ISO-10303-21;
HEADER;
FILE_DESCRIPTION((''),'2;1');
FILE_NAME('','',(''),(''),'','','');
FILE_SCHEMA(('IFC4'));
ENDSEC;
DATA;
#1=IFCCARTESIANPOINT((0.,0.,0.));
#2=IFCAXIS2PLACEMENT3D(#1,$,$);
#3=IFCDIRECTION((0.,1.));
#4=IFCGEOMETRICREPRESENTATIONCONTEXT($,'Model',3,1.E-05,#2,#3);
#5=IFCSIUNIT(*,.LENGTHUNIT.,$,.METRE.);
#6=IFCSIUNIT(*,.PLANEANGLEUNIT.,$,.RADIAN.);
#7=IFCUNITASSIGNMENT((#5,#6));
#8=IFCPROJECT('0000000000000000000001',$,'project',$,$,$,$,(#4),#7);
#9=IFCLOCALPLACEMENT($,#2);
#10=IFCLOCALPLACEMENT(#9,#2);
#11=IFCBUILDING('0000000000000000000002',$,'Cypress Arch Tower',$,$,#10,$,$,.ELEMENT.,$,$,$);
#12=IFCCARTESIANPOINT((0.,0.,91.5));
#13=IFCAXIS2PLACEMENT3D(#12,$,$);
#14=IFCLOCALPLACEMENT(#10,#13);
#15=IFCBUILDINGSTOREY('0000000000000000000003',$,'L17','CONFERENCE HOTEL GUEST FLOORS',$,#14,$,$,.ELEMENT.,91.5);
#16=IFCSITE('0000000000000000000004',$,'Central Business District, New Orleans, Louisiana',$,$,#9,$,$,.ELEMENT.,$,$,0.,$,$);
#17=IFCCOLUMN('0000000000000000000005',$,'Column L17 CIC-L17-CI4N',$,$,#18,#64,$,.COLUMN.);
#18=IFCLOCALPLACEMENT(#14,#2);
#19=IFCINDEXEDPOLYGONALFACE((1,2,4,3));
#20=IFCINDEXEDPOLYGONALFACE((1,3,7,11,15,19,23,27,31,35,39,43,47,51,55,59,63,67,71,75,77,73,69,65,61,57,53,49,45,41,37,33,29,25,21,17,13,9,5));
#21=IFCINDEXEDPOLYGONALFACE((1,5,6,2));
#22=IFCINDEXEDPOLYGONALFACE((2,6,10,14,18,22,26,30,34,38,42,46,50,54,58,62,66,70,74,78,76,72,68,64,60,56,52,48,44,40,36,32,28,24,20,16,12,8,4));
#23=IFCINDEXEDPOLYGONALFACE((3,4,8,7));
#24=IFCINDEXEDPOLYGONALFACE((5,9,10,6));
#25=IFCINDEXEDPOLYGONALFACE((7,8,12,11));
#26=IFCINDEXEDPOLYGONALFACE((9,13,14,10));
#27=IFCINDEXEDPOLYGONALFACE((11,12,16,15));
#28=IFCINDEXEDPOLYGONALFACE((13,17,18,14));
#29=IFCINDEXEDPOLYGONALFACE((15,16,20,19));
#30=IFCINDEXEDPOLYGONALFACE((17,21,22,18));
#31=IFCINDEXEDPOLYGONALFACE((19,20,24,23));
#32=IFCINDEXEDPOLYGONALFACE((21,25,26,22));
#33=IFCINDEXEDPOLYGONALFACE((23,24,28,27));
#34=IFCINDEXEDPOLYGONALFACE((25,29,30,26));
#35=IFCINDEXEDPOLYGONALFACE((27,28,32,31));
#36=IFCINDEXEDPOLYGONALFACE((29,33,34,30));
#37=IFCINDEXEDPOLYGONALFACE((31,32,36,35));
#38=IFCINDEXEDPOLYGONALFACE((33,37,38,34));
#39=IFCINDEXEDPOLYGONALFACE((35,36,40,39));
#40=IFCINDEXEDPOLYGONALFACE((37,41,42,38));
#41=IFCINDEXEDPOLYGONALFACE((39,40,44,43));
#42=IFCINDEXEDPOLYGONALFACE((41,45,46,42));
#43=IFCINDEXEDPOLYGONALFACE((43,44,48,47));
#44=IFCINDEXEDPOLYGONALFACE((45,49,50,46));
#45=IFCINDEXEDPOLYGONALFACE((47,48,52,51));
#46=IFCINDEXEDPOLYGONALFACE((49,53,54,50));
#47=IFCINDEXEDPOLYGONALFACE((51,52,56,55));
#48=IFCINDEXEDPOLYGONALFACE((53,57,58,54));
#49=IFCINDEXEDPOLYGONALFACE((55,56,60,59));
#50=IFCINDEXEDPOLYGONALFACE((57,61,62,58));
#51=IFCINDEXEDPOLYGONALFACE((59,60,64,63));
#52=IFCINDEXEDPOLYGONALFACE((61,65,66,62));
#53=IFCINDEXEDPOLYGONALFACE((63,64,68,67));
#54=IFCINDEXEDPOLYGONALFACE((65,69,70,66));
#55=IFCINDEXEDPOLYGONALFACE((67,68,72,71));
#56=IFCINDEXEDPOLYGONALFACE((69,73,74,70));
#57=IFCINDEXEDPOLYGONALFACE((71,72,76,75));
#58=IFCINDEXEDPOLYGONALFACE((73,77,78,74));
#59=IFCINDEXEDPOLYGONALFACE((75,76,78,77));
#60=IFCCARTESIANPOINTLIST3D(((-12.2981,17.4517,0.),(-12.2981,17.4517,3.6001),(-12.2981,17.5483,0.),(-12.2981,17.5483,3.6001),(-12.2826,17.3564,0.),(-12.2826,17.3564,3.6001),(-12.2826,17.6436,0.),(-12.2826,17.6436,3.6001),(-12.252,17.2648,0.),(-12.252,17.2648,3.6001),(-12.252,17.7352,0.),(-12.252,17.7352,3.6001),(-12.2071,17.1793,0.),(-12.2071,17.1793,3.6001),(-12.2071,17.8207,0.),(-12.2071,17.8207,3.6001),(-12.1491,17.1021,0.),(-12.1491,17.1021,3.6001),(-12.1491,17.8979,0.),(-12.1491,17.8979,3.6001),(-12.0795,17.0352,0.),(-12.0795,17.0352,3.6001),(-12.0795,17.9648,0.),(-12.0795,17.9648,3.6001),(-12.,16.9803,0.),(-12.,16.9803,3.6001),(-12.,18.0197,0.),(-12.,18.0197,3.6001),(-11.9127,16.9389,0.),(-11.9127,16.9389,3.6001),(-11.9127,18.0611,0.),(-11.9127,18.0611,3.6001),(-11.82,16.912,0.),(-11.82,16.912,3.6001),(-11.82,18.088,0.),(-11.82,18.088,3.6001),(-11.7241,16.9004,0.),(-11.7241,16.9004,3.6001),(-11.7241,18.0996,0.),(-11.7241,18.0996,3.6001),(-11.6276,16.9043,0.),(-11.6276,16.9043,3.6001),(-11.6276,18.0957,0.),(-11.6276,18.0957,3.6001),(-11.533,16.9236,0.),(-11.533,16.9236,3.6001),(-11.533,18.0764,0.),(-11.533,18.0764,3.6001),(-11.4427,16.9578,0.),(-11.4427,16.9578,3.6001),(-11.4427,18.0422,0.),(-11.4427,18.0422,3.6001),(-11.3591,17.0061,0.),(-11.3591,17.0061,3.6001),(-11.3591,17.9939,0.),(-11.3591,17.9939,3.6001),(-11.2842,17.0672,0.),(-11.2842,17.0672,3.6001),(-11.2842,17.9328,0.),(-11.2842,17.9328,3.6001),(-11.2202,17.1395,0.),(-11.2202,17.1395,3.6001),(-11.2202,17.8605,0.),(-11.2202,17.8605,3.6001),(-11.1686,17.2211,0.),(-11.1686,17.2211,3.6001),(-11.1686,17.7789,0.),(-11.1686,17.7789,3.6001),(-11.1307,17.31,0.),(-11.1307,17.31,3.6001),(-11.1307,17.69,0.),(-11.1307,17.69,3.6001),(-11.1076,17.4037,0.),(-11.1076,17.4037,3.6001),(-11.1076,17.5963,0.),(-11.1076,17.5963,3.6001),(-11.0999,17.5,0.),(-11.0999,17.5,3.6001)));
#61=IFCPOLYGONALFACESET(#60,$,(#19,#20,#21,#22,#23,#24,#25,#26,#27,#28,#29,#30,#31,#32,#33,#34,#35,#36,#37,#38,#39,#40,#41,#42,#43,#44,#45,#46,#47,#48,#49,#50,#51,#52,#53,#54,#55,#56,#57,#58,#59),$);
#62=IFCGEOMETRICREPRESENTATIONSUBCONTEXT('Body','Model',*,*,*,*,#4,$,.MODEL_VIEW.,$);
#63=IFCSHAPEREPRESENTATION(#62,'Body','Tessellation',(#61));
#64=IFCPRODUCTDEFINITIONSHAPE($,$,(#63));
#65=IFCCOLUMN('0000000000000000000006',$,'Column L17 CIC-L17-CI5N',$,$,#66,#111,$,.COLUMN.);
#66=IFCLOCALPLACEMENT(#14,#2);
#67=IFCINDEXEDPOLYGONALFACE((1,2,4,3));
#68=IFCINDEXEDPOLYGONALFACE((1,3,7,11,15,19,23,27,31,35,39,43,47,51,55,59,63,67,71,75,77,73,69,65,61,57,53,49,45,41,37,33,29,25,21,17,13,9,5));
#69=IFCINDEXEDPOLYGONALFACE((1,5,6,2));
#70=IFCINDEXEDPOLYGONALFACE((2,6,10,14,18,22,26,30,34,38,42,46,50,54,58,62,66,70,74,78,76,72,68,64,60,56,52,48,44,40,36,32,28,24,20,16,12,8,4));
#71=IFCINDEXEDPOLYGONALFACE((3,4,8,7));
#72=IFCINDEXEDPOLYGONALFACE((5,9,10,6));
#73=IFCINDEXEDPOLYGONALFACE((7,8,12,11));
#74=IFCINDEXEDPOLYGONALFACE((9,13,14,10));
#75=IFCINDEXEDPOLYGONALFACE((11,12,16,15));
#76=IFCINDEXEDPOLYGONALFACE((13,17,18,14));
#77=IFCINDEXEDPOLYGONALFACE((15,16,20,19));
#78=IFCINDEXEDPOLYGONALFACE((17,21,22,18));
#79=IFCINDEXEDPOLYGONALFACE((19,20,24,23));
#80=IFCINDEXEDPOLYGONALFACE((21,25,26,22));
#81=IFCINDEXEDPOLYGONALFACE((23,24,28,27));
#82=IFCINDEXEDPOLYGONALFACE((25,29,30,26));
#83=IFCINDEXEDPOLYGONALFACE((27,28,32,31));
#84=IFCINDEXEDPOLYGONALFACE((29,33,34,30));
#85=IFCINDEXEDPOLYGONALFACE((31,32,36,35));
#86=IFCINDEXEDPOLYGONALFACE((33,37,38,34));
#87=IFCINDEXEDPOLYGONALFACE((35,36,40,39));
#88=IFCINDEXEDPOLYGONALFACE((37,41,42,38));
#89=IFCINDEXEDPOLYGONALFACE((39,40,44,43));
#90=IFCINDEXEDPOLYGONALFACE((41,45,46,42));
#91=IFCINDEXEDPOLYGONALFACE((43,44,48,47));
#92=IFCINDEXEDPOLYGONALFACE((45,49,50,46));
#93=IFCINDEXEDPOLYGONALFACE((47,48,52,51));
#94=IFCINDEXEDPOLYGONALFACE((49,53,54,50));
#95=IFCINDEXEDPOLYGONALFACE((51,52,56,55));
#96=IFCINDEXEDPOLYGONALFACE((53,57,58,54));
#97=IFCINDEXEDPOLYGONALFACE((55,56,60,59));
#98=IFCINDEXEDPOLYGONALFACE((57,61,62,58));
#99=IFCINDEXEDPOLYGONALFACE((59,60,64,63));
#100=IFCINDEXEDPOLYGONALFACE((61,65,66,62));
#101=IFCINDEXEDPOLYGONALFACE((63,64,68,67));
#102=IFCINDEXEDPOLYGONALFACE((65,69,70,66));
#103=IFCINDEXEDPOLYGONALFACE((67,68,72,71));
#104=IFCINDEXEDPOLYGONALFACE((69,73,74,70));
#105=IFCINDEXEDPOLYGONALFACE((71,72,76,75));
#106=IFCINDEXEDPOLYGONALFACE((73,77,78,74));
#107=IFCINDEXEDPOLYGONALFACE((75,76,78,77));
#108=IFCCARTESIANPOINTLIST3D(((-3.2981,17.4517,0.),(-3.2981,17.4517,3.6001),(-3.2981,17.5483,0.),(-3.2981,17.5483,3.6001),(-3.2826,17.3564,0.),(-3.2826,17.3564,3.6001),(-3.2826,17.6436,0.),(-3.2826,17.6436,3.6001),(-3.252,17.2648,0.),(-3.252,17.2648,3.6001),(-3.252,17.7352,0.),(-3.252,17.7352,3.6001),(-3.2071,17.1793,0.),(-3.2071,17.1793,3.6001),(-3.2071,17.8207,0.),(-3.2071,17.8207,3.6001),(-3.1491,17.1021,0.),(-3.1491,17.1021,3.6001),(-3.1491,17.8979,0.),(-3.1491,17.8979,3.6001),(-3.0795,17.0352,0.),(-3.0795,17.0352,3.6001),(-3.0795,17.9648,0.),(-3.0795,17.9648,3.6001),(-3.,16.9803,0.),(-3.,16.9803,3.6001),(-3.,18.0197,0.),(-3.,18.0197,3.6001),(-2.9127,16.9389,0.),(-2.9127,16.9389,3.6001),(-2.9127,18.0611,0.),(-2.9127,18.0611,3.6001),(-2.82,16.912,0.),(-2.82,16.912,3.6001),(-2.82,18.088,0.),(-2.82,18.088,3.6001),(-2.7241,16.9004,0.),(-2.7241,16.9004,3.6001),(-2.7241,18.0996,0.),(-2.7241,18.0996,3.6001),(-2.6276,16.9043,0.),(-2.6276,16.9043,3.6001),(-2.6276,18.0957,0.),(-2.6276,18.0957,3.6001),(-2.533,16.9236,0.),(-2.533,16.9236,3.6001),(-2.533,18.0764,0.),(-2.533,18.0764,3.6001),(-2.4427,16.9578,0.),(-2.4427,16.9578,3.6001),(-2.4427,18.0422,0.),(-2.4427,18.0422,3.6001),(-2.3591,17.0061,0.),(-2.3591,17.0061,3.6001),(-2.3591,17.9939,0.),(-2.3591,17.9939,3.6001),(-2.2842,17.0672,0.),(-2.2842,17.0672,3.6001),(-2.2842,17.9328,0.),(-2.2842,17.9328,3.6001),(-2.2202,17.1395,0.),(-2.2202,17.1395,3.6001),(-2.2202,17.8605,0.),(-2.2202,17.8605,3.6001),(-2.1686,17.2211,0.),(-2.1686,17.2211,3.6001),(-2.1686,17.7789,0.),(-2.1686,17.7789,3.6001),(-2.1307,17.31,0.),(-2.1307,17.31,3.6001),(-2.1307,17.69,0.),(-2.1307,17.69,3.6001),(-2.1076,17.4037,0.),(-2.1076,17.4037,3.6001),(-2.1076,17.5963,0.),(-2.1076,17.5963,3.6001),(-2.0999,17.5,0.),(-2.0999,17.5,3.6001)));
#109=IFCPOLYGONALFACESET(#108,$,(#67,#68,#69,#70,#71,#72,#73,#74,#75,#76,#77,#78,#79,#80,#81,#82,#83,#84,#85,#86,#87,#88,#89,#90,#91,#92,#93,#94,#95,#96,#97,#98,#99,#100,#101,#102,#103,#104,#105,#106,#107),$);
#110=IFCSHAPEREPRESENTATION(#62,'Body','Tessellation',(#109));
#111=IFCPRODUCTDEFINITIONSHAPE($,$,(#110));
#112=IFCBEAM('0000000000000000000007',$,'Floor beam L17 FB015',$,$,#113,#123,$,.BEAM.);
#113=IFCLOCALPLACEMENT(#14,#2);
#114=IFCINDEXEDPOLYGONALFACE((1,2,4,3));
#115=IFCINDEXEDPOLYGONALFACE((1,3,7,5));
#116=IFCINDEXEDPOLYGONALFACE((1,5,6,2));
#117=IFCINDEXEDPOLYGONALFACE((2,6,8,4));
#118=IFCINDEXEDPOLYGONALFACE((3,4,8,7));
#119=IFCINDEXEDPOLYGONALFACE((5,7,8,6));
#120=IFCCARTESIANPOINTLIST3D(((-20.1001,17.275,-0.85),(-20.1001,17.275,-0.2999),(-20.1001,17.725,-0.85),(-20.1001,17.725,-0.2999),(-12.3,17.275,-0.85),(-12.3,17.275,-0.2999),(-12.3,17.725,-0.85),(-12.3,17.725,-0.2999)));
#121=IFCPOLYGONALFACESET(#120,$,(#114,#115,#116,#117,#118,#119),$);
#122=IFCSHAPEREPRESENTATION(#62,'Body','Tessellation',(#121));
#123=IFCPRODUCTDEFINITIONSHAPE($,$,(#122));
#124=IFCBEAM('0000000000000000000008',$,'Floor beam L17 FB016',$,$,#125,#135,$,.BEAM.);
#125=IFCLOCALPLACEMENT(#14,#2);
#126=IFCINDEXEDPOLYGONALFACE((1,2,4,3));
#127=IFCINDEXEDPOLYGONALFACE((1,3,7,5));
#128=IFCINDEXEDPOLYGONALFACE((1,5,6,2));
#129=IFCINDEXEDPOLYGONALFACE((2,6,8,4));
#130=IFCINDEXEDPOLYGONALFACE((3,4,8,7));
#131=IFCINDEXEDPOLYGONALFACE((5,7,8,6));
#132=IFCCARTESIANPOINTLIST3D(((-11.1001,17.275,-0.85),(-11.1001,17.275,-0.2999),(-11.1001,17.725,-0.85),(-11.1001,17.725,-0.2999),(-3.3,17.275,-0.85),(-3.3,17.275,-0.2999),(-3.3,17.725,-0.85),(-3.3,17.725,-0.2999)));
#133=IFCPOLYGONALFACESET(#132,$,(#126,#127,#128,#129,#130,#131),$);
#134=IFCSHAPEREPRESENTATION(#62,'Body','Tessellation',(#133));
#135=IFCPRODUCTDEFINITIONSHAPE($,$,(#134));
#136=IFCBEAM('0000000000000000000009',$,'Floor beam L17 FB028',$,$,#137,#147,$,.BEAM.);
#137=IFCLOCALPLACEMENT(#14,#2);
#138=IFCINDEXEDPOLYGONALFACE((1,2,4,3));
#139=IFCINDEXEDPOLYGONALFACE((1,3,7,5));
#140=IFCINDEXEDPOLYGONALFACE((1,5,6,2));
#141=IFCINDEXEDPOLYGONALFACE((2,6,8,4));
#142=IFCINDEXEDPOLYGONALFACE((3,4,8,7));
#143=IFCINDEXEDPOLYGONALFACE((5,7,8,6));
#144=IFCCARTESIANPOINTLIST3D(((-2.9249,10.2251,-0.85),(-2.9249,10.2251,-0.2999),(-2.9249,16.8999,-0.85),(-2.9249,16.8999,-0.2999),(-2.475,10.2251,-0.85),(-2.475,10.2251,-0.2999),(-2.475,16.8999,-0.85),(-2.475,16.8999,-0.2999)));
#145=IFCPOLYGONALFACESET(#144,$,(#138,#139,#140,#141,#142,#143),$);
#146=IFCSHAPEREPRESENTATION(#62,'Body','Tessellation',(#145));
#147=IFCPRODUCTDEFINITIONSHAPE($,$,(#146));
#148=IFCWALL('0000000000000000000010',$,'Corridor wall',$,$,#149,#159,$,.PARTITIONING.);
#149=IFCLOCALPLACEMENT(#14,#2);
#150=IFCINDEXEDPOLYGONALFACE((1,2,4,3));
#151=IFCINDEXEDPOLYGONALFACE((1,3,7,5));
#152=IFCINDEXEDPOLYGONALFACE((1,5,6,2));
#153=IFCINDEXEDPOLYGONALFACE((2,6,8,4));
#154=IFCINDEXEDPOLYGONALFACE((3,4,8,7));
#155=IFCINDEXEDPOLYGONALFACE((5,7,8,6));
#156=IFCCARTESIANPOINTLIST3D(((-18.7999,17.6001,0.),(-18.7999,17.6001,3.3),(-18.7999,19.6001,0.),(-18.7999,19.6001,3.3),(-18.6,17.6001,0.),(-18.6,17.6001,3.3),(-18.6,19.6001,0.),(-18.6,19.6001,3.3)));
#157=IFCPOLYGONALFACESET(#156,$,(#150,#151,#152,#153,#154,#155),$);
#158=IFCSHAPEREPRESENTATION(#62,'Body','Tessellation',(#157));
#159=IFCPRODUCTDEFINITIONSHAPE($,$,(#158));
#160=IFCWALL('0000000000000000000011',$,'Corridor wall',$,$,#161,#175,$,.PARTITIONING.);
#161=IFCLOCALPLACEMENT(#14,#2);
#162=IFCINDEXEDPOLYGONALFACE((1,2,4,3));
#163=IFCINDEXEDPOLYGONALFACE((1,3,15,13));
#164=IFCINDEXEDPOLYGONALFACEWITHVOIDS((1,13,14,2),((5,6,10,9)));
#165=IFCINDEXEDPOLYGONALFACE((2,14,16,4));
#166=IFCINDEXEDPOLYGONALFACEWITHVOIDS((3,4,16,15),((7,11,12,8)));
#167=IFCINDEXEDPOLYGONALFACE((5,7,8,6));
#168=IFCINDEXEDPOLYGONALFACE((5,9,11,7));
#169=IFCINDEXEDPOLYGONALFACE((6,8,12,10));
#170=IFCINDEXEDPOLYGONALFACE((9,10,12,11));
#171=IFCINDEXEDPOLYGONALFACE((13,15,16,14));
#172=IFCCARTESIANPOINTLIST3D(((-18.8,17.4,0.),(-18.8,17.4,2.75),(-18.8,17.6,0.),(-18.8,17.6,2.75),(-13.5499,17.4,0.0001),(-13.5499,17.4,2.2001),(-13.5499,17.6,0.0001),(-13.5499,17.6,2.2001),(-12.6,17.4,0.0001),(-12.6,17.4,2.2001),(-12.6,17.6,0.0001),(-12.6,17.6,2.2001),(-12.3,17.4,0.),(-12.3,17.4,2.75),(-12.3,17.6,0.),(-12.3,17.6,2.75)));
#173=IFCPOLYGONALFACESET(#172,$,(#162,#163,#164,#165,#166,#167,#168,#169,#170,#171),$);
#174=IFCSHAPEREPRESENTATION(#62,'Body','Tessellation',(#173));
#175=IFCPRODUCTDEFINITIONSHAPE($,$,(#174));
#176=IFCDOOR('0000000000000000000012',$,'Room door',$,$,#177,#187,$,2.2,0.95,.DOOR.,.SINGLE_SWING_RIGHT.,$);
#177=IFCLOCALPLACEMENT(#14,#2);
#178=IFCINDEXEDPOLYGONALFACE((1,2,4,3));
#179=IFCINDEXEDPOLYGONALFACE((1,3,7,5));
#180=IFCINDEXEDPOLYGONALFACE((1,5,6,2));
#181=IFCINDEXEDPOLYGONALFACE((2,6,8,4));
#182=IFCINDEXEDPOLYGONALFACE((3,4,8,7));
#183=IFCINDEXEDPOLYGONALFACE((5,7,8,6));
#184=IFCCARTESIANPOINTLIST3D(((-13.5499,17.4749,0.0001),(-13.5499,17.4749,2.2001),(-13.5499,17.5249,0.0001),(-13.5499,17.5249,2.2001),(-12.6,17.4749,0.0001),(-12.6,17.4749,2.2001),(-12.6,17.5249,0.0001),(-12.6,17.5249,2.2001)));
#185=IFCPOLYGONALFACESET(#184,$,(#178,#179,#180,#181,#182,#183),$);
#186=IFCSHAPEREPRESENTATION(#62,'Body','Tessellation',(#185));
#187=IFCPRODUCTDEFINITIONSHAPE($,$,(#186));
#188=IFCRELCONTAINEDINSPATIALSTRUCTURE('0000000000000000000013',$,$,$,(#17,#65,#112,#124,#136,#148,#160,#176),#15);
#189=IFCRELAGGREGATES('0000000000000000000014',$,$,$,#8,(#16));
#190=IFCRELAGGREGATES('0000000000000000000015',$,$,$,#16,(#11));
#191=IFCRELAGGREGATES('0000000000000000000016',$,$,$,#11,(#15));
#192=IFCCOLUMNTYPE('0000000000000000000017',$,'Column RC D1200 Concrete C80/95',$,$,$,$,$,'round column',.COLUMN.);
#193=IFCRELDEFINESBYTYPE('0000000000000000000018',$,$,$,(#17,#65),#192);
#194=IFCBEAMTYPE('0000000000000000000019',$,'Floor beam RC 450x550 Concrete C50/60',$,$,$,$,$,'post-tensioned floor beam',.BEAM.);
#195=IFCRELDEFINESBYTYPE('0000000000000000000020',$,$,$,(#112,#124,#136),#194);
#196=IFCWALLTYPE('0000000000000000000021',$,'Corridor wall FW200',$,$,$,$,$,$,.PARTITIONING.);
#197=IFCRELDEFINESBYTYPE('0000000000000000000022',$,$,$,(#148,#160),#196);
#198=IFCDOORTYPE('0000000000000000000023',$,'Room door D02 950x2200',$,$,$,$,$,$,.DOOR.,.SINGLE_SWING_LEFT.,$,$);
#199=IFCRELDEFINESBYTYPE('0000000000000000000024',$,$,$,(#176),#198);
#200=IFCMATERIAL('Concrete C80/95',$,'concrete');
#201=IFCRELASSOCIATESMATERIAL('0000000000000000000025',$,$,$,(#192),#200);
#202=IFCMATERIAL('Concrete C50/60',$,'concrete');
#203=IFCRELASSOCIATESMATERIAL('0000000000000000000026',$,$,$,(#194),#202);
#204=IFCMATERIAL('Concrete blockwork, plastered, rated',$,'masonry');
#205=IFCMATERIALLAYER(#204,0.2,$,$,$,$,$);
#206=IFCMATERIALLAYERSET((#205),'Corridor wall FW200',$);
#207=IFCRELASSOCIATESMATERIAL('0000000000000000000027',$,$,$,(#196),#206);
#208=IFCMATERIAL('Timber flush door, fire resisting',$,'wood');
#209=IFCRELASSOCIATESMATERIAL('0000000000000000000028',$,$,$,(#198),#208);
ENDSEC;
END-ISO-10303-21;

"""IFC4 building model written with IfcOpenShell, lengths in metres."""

from ifc_helpers import new_model, si_unit, direction, frame, frame_2d, origin, origin_2d, place, context, subcontext, project, spatial, rectangle, circle, extrude, material, layer, layer_set, material_profile, profile_set, type_object, element, fill, save


model = new_model("IFC4")

# Units and contexts
model_context = context("Model", 3, precision=1e-05, world=origin(), true_north=direction((0.0, 1.0)))
body_context = subcontext(model_context, "Body", "Model", "MODEL_VIEW")
ifc_project = project(units=[si_unit("LENGTHUNIT", "METRE"), si_unit("PLANEANGLEUNIT", "RADIAN")], contexts=[model_context])

# Site, building, storey
site_placement = place(None, origin())
site = spatial("IfcSite", under=ifc_project, at=site_placement, Name="Central Business District, New Orleans, Louisiana", CompositionType="ELEMENT", RefElevation=0.0)
building_placement = place(site_placement, origin())
building = spatial("IfcBuilding", under=site, at=building_placement, Name="Cypress Arch Tower", CompositionType="ELEMENT")
storey_placement = place(building_placement, frame((0.0, 0.0, 91.5)))
storey = spatial("IfcBuildingStorey", under=building, at=storey_placement, Name="L17", Description="CONFERENCE HOTEL GUEST FLOORS", CompositionType="ELEMENT", Elevation=91.5)

# Columns
ifc_material_1 = material(Name="Concrete C80/95", Category="concrete")
ifc_material_profile_1 = material_profile(ifc_material_1, circle(Radius=0.6001, at=origin_2d()), Name="RC D1200")
ifc_profile_set_1 = profile_set([ifc_material_profile_1], Name="Concrete C80/95")
column_type = type_object("IfcColumnType", Name="Column RC D1200 Concrete C80/95", ElementType="round column", PredefinedType="COLUMN", material=ifc_profile_set_1)
for number, where, z_axis, x_axis, name in (
    (1, (-11.7, 17.5, 0.0), (0.0, 0.0, 1.0), (1.0, 0.0, 0.0), "Column L17 CIC-L17-CI4N"),
    (2, (-2.7, 17.5, 0.0), (0.0, 0.0, 1.0), (1.0, 0.0, 0.0), "Column L17 CIC-L17-CI5N"),
):
    element("IfcColumn", number, at=place(storey_placement, frame(where, z_axis=z_axis, x_axis=x_axis)), inside=storey, type_object=column_type, Name=name, PredefinedType="COLUMN", context=body_context, shape_type="SweptSolid", body=[
        extrude(circle(Radius=0.6001, at=origin_2d()), origin(), (0.0, 0.0, 1.0), 3.6001),
    ])

# Beams
ifc_material_2 = material(Name="Concrete C50/60", Category="concrete")
ifc_material_profile_2 = material_profile(ifc_material_2, rectangle(XDim=0.45, YDim=0.55, at=origin_2d()), Name="RC 450x550")
ifc_profile_set_2 = profile_set([ifc_material_profile_2], Name="Concrete C50/60")
beam_type = type_object("IfcBeamType", Name="Floor beam RC 450x550 Concrete C50/60", ElementType="post-tensioned floor beam", PredefinedType="BEAM", material=ifc_profile_set_2)
for number, where, z_axis, x_axis, name in (
    (3, (-20.1001, 17.5, -0.575), (1.0, 0.0, 0.0), (0.0, 1.0, 0.0), "Floor beam L17 FB015"),
    (4, (-11.1001, 17.5, -0.575), (1.0, 0.0, 0.0), (0.0, 1.0, 0.0), "Floor beam L17 FB016"),
):
    element("IfcBeam", number, at=place(storey_placement, frame(where, z_axis=z_axis, x_axis=x_axis)), inside=storey, type_object=beam_type, Name=name, PredefinedType="BEAM", context=body_context, shape_type="SweptSolid", body=[
        extrude(rectangle(XDim=0.45, YDim=0.55, at=origin_2d()), origin(), (0.0, 0.0, 1.0), 7.8),
    ])
beam_placement = place(storey_placement, frame((-2.7, 10.2251, -0.575), z_axis=(0.0, 1.0, 0.0), x_axis=(-1.0, 0.0, 0.0)))
element("IfcBeam", 5, at=beam_placement, inside=storey, type_object=beam_type, Name="Floor beam L17 FB028", PredefinedType="BEAM", context=body_context, shape_type="SweptSolid", body=[
    extrude(rectangle(XDim=0.45, YDim=0.55, at=origin_2d()), origin(), (0.0, 0.0, 1.0), 6.6748),
])

# Wall
ifc_material_3 = material(Name="Concrete blockwork, plastered, rated", Category="masonry")
ifc_layer_1 = layer(ifc_material_3, 0.2)
ifc_layer_set_1 = layer_set([ifc_layer_1], Name="Corridor wall FW200")
wall_type_1 = type_object("IfcWallType", Name="Corridor wall FW200", PredefinedType="PARTITIONING", material=ifc_layer_set_1)
wall_1_placement = place(storey_placement, frame((-18.7, 17.6001, 0.0), z_axis=(0.0, 0.0, 1.0), x_axis=(0.0, 1.0, 0.0)))
element("IfcWall", 6, at=wall_1_placement, inside=storey, type_object=wall_type_1, Name="Corridor wall", PredefinedType="PARTITIONING", context=body_context, shape_type="SweptSolid", body=[
    extrude(rectangle(XDim=2.0, YDim=0.2, at=frame_2d((1.0, 0.0))), origin(), (0.0, 0.0, 1.0), 3.3),
])

# Wall, opening, door
wall_2_placement = place(storey_placement, frame((-18.8, 17.5, 0.0), z_axis=(0.0, 0.0, 1.0), x_axis=(1.0, 0.0, 0.0)))
wall_2 = element("IfcWall", 7, at=wall_2_placement, inside=storey, type_object=wall_type_1, Name="Corridor wall", PredefinedType="PARTITIONING", context=body_context, shape_type="SweptSolid", body=[
    extrude(rectangle(XDim=6.5, YDim=0.2, at=frame_2d((3.25, 0.0))), origin(), (0.0, 0.0, 1.0), 2.75),
])
opening_1_placement = place(wall_2_placement, frame((5.25, 0.0, 0.0)))
opening_1 = element("IfcOpeningElement", 8, at=opening_1_placement, cuts=wall_2, PredefinedType="OPENING", context=body_context, shape_type="SweptSolid", body=[
    extrude(rectangle(XDim=0.95, YDim=2.2, at=frame_2d((0.4751, 1.1001))), frame((0.0, 0.1099, 0.0), z_axis=(0.0, -1.0, 0.0), x_axis=(1.0, 0.0, 0.0)), (0.0, 0.0, 1.0), 0.22),
])
ifc_material_4 = material(Name="Timber flush door, fire resisting", Category="wood")
door_type_1 = type_object("IfcDoorType", Name="Room door D02 950x2200", OperationType="SINGLE_SWING_LEFT", PredefinedType="DOOR", material=ifc_material_4)
door_1_placement = place(opening_1_placement, origin())
door_1 = element("IfcDoor", 9, at=door_1_placement, inside=storey, type_object=door_type_1, Name="Room door", OperationType="SINGLE_SWING_RIGHT", OverallHeight=2.2, OverallWidth=0.95, PredefinedType="DOOR", context=body_context, shape_type="SweptSolid", body=[
    extrude(rectangle(XDim=0.95, YDim=2.2, at=frame_2d((0.4751, 1.1001))), frame((0.0, 0.0249, 0.0), z_axis=(0.0, -1.0, 0.0), x_axis=(1.0, 0.0, 0.0)), (0.0, 0.0, 1.0), 0.05),
])
fill(opening_1, door_1)

save(model, "model.ifc")
